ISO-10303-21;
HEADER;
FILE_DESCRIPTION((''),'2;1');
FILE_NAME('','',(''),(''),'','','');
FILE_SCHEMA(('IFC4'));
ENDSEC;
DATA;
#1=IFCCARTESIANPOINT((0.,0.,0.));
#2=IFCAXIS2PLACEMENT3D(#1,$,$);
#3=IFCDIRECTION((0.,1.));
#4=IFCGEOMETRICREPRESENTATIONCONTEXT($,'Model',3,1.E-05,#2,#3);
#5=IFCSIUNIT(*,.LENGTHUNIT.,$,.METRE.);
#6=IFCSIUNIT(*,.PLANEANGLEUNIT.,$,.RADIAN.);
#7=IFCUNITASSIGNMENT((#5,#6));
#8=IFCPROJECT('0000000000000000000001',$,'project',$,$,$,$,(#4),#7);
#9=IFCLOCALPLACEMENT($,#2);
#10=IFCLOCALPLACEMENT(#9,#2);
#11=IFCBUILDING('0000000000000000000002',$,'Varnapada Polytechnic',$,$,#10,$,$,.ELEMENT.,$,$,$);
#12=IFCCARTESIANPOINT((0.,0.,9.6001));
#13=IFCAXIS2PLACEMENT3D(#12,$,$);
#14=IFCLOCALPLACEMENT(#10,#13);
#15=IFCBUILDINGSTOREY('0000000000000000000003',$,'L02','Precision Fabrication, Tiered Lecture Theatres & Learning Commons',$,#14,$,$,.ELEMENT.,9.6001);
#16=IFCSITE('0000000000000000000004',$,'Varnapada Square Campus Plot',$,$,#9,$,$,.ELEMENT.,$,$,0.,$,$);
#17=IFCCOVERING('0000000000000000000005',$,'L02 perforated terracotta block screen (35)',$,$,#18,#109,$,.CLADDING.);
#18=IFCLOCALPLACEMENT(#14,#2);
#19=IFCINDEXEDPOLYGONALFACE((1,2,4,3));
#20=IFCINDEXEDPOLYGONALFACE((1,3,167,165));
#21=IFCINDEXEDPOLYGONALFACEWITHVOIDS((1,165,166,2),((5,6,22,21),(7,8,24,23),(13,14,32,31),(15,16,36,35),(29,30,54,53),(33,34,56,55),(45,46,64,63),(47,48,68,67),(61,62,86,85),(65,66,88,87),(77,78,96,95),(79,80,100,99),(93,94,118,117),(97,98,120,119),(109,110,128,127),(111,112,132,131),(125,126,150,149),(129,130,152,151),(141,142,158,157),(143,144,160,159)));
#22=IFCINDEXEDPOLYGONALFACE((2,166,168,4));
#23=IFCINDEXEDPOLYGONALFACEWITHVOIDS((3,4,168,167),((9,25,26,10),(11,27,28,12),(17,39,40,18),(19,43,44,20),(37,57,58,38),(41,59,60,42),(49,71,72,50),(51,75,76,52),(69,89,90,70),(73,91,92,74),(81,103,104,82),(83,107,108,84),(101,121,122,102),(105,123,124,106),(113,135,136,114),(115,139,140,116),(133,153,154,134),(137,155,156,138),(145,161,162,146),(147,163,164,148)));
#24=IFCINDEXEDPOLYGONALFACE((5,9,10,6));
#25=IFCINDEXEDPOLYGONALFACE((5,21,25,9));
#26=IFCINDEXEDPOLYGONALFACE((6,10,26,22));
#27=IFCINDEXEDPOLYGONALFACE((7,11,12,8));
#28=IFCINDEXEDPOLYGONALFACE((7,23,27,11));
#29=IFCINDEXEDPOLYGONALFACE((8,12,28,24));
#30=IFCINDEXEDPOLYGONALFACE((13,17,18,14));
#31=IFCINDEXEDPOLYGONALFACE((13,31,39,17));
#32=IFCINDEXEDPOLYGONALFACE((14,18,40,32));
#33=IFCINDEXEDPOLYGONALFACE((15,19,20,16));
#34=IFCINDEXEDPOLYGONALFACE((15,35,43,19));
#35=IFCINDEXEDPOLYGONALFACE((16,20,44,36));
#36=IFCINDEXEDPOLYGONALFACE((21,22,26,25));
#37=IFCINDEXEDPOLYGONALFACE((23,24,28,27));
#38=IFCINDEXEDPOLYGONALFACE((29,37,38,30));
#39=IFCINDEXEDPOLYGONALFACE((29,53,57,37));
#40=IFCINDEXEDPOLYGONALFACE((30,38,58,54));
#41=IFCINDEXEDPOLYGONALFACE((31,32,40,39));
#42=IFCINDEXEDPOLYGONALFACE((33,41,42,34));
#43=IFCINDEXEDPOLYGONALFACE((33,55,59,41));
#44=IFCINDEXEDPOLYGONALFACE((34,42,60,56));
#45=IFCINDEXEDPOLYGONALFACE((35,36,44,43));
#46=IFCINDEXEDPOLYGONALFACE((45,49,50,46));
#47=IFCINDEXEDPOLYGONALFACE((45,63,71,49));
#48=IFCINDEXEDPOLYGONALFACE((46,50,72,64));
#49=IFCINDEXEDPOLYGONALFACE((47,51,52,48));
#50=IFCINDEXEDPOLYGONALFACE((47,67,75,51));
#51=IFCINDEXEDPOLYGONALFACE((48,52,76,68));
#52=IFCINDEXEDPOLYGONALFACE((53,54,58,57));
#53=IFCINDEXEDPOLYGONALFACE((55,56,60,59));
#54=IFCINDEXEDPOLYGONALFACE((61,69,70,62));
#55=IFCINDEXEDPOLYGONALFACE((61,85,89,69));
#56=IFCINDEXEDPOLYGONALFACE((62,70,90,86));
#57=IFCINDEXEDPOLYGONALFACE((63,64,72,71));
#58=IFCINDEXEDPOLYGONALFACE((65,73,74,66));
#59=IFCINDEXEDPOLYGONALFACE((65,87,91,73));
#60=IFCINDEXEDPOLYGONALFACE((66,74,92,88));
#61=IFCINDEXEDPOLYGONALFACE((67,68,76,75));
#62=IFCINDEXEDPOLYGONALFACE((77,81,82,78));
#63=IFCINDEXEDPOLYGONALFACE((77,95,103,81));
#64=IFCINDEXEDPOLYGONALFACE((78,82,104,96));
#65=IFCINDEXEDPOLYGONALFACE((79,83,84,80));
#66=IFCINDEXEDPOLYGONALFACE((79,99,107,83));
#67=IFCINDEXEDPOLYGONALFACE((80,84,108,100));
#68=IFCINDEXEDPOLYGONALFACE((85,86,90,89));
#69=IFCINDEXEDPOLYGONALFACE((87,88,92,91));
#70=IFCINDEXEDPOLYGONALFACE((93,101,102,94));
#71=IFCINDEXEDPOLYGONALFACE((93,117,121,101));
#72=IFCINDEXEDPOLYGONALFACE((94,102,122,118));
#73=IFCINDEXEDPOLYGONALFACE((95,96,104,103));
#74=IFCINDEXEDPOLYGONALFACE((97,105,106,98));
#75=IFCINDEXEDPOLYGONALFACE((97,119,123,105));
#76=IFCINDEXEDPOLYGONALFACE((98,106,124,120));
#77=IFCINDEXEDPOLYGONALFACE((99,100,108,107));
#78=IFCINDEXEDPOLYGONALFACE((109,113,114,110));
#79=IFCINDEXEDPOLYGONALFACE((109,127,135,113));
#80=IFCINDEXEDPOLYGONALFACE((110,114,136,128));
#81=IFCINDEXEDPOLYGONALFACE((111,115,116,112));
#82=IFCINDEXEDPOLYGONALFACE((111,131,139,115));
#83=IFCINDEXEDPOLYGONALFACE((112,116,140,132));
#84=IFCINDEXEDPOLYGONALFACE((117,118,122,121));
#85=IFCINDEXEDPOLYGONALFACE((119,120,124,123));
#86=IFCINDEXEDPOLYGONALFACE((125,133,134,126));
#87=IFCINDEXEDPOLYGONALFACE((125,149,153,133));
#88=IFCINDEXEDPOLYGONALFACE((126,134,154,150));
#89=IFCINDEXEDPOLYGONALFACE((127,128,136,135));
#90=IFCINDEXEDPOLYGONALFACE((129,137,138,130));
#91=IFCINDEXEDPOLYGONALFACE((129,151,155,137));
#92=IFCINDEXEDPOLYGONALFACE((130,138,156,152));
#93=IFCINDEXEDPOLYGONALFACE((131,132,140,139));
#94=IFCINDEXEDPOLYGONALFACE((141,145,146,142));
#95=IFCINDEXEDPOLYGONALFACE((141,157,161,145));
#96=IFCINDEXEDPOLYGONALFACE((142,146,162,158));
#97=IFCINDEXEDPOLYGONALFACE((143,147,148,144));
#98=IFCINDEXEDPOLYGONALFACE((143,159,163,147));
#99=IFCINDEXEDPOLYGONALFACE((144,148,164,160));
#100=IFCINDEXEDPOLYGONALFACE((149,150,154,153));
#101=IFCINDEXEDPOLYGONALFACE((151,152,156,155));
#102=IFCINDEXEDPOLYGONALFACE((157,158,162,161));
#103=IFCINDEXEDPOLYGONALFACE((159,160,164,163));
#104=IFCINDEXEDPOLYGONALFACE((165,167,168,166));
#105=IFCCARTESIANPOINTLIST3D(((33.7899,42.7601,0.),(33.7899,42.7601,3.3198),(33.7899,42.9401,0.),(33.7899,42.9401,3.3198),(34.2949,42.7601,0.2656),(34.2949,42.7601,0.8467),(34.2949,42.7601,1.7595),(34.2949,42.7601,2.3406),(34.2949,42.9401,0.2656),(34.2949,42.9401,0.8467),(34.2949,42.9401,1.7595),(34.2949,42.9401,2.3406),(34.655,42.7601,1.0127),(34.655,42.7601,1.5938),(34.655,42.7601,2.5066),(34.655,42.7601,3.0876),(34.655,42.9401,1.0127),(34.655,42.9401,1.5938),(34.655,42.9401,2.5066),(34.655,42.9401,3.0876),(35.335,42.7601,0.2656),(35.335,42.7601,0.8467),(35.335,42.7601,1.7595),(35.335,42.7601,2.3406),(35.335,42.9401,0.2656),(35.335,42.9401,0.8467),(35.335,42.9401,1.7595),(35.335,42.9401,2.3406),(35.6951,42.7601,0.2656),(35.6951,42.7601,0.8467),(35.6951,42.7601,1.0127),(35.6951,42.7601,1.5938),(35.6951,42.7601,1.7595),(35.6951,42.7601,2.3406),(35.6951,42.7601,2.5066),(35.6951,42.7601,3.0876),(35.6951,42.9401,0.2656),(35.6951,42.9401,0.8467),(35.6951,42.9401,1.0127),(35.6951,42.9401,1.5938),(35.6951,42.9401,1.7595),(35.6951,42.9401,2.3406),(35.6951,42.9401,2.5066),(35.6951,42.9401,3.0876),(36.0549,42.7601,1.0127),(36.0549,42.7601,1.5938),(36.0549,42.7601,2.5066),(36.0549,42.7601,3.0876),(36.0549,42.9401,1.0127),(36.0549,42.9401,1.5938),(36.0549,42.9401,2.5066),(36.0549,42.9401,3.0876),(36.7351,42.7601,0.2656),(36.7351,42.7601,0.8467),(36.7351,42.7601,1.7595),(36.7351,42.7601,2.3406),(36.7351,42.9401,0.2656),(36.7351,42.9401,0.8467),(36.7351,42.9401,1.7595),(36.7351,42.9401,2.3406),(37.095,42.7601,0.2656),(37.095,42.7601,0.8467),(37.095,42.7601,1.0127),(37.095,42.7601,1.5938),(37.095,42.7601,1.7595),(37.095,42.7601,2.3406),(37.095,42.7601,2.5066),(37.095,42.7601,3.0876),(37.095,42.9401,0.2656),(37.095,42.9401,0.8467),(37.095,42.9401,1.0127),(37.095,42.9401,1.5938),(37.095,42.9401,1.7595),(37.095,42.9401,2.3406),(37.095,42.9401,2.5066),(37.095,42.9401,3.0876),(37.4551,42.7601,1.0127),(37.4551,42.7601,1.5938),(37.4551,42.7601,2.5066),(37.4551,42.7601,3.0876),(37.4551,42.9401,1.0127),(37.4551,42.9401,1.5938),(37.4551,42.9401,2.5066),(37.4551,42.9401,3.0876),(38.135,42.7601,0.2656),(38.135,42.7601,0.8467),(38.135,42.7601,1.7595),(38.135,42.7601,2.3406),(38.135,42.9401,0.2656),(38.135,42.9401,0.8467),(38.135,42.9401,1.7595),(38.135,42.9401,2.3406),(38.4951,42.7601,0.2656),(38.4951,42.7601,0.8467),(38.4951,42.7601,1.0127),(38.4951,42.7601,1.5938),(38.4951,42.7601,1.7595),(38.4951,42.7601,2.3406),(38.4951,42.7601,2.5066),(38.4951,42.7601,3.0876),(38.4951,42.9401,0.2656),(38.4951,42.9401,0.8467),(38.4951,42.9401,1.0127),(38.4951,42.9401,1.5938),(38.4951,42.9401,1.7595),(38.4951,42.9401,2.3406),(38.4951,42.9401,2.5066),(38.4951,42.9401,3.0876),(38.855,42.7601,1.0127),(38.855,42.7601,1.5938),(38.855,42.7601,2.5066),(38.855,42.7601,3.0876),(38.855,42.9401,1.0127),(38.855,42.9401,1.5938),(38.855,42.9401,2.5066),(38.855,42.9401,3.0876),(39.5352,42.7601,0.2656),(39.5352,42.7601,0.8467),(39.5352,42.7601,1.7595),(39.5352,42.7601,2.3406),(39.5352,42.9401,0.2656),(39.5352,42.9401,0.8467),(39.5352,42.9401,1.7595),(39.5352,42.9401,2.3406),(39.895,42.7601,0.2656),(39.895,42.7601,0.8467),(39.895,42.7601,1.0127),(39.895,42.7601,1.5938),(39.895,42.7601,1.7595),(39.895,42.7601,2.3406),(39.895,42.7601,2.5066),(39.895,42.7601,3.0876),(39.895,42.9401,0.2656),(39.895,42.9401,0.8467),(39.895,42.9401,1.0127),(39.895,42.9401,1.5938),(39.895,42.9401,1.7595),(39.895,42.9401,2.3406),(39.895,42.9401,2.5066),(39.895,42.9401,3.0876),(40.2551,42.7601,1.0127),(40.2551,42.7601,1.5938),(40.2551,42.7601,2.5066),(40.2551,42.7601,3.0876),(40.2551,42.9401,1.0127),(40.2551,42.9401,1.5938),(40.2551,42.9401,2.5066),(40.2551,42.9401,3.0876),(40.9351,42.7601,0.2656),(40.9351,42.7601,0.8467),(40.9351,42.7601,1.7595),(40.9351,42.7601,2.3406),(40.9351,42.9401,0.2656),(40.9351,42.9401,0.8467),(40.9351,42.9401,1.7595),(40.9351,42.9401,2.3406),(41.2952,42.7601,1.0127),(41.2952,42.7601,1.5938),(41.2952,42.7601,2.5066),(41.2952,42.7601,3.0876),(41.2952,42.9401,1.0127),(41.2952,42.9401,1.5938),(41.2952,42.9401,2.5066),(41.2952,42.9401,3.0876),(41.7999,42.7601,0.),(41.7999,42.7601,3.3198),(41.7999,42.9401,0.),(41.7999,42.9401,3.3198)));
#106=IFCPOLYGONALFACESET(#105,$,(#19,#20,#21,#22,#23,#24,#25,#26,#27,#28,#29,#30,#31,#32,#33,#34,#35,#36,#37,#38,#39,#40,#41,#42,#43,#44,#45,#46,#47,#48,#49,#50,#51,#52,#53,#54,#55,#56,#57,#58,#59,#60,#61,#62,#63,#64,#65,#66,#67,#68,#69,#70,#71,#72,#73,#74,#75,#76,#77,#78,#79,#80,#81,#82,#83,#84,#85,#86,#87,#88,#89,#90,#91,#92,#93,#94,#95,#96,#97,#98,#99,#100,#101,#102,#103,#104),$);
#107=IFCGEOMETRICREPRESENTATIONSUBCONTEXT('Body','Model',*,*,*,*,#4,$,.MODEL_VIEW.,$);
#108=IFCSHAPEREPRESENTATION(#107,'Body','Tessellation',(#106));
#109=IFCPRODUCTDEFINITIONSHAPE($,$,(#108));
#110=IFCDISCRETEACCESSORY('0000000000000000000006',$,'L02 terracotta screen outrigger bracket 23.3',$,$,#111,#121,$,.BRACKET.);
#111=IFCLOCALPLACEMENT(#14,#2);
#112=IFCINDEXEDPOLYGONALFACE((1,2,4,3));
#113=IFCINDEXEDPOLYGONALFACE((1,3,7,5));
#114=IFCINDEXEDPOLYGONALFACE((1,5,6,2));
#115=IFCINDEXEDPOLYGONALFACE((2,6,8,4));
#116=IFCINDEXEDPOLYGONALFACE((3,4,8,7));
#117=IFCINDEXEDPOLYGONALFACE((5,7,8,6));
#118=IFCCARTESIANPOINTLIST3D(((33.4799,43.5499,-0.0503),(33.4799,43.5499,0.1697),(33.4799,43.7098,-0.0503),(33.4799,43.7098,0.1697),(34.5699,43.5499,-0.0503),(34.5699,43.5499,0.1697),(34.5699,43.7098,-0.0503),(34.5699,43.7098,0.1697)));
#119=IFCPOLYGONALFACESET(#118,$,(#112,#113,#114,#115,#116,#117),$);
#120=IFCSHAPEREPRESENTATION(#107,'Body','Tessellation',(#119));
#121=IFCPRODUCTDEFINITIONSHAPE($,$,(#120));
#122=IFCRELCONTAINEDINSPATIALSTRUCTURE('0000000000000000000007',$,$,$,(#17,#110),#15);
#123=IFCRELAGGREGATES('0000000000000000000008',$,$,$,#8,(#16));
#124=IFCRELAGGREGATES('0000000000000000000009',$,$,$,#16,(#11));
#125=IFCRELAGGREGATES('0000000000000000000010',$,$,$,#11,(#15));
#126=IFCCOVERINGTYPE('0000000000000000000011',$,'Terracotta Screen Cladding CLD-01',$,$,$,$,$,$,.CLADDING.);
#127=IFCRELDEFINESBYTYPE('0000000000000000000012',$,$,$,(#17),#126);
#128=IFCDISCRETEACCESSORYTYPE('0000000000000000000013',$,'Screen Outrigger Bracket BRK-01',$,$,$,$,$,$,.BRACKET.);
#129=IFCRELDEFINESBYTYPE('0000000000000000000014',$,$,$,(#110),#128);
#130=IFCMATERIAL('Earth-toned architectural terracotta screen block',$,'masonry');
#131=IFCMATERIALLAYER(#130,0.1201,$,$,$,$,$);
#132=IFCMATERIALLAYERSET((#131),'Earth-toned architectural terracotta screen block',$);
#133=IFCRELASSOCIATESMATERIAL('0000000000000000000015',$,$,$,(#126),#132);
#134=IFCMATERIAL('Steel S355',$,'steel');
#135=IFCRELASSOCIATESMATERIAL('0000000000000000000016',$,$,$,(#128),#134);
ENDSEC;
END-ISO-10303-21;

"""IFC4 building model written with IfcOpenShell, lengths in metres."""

from ifc_helpers import new_model, si_unit, direction, frame, frame_2d, origin, origin_2d, place, context, subcontext, project, spatial, rectangle, extrude, material, layer, layer_set, type_object, element, save


model = new_model("IFC4")

# Units and contexts
model_context = context("Model", 3, precision=1e-05, world=origin(), true_north=direction((0.0, 1.0)))
body_context = subcontext(model_context, "Body", "Model", "MODEL_VIEW")
ifc_project = project(units=[si_unit("LENGTHUNIT", "METRE"), si_unit("PLANEANGLEUNIT", "RADIAN")], contexts=[model_context])

# Site, building, storey
site_placement = place(None, origin())
site = spatial("IfcSite", under=ifc_project, at=site_placement, Name="Varnapada Square Campus Plot", CompositionType="ELEMENT", RefElevation=0.0)
building_placement = place(site_placement, origin())
building = spatial("IfcBuilding", under=site, at=building_placement, Name="Varnapada Polytechnic", CompositionType="ELEMENT")
storey_placement = place(building_placement, frame((0.0, 0.0, 9.6001)))
storey = spatial("IfcBuildingStorey", under=building, at=storey_placement, Name="L02", Description="Precision Fabrication, Tiered Lecture Theatres & Learning Commons", CompositionType="ELEMENT", Elevation=9.6001)

# Covering, openings
ifc_material_1 = material(Name="Earth-toned architectural terracotta screen block", Category="masonry")
ifc_layer_1 = layer(ifc_material_1, 0.1201)
ifc_layer_set_1 = layer_set([ifc_layer_1], Name="Earth-toned architectural terracotta screen block")
covering_type = type_object("IfcCoveringType", Name="Terracotta Screen Cladding CLD-01", PredefinedType="CLADDING", material=ifc_layer_set_1)
covering_placement = place(storey_placement, frame((33.79, 42.8501, 0.0), z_axis=(0.0, 0.0, 1.0), x_axis=(1.0, 0.0, 0.0)))
covering = element("IfcCovering", 1, at=covering_placement, inside=storey, type_object=covering_type, Name="L02 perforated terracotta block screen (35)", PredefinedType="CLADDING", context=body_context, shape_type="SweptSolid", body=[
    extrude(rectangle(XDim=8.01, YDim=0.1799, at=frame_2d((4.0049, 0.0))), origin(), (0.0, 0.0, 1.0), 3.3198),
])
opening_1_placement = place(covering_placement, frame((0.5049, 0.0, 0.2656)))
element("IfcOpeningElement", 2, at=opening_1_placement, cuts=covering, PredefinedType="OPENING", context=body_context, shape_type="SweptSolid", body=[
    extrude(rectangle(XDim=1.04, YDim=0.5811, at=frame_2d((0.52, 0.2905))), frame((0.0, 0.0999, 0.0), z_axis=(0.0, -1.0, 0.0), x_axis=(1.0, 0.0, 0.0)), (0.0, 0.0, 1.0), 0.2),
])
opening_2_placement = place(covering_placement, frame((1.905, 0.0, 0.2656)))
element("IfcOpeningElement", 3, at=opening_2_placement, cuts=covering, PredefinedType="OPENING", context=body_context, shape_type="SweptSolid", body=[
    extrude(rectangle(XDim=1.04, YDim=0.5811, at=frame_2d((0.52, 0.2905))), frame((0.0, 0.0999, 0.0), z_axis=(0.0, -1.0, 0.0), x_axis=(1.0, 0.0, 0.0)), (0.0, 0.0, 1.0), 0.2),
])
opening_3_placement = place(covering_placement, frame((3.3049, 0.0, 0.2656)))
element("IfcOpeningElement", 4, at=opening_3_placement, cuts=covering, PredefinedType="OPENING", context=body_context, shape_type="SweptSolid", body=[
    extrude(rectangle(XDim=1.04, YDim=0.5811, at=frame_2d((0.52, 0.2905))), frame((0.0, 0.0999, 0.0), z_axis=(0.0, -1.0, 0.0), x_axis=(1.0, 0.0, 0.0)), (0.0, 0.0, 1.0), 0.2),
])
opening_4_placement = place(covering_placement, frame((4.7051, 0.0, 0.2656)))
element("IfcOpeningElement", 5, at=opening_4_placement, cuts=covering, PredefinedType="OPENING", context=body_context, shape_type="SweptSolid", body=[
    extrude(rectangle(XDim=1.04, YDim=0.5811, at=frame_2d((0.52, 0.2905))), frame((0.0, 0.0999, 0.0), z_axis=(0.0, -1.0, 0.0), x_axis=(1.0, 0.0, 0.0)), (0.0, 0.0, 1.0), 0.2),
])
opening_5_placement = place(covering_placement, frame((6.105, 0.0, 0.2656)))
element("IfcOpeningElement", 6, at=opening_5_placement, cuts=covering, PredefinedType="OPENING", context=body_context, shape_type="SweptSolid", body=[
    extrude(rectangle(XDim=1.04, YDim=0.5811, at=frame_2d((0.52, 0.2905))), frame((0.0, 0.0999, 0.0), z_axis=(0.0, -1.0, 0.0), x_axis=(1.0, 0.0, 0.0)), (0.0, 0.0, 1.0), 0.2),
])
opening_6_placement = place(covering_placement, frame((0.865, 0.0, 1.0127)))
element("IfcOpeningElement", 7, at=opening_6_placement, cuts=covering, PredefinedType="OPENING", context=body_context, shape_type="SweptSolid", body=[
    extrude(rectangle(XDim=1.04, YDim=0.5811, at=frame_2d((0.52, 0.2905))), frame((0.0, 0.0999, 0.0), z_axis=(0.0, -1.0, 0.0), x_axis=(1.0, 0.0, 0.0)), (0.0, 0.0, 1.0), 0.2),
])
opening_7_placement = place(covering_placement, frame((2.2649, 0.0, 1.0127)))
element("IfcOpeningElement", 8, at=opening_7_placement, cuts=covering, PredefinedType="OPENING", context=body_context, shape_type="SweptSolid", body=[
    extrude(rectangle(XDim=1.04, YDim=0.5811, at=frame_2d((0.52, 0.2905))), frame((0.0, 0.0999, 0.0), z_axis=(0.0, -1.0, 0.0), x_axis=(1.0, 0.0, 0.0)), (0.0, 0.0, 1.0), 0.2),
])
opening_8_placement = place(covering_placement, frame((3.665, 0.0, 1.0127)))
element("IfcOpeningElement", 9, at=opening_8_placement, cuts=covering, PredefinedType="OPENING", context=body_context, shape_type="SweptSolid", body=[
    extrude(rectangle(XDim=1.04, YDim=0.5811, at=frame_2d((0.52, 0.2905))), frame((0.0, 0.0999, 0.0), z_axis=(0.0, -1.0, 0.0), x_axis=(1.0, 0.0, 0.0)), (0.0, 0.0, 1.0), 0.2),
])
opening_9_placement = place(covering_placement, frame((5.0649, 0.0, 1.0127)))
element("IfcOpeningElement", 10, at=opening_9_placement, cuts=covering, PredefinedType="OPENING", context=body_context, shape_type="SweptSolid", body=[
    extrude(rectangle(XDim=1.04, YDim=0.5811, at=frame_2d((0.52, 0.2905))), frame((0.0, 0.0999, 0.0), z_axis=(0.0, -1.0, 0.0), x_axis=(1.0, 0.0, 0.0)), (0.0, 0.0, 1.0), 0.2),
])
opening_10_placement = place(covering_placement, frame((6.4651, 0.0, 1.0127)))
element("IfcOpeningElement", 11, at=opening_10_placement, cuts=covering, PredefinedType="OPENING", context=body_context, shape_type="SweptSolid", body=[
    extrude(rectangle(XDim=1.04, YDim=0.5811, at=frame_2d((0.52, 0.2905))), frame((0.0, 0.0999, 0.0), z_axis=(0.0, -1.0, 0.0), x_axis=(1.0, 0.0, 0.0)), (0.0, 0.0, 1.0), 0.2),
])
opening_11_placement = place(covering_placement, frame((0.5049, 0.0, 1.7595)))
element("IfcOpeningElement", 12, at=opening_11_placement, cuts=covering, PredefinedType="OPENING", context=body_context, shape_type="SweptSolid", body=[
    extrude(rectangle(XDim=1.04, YDim=0.5811, at=frame_2d((0.52, 0.2905))), frame((0.0, 0.0999, 0.0), z_axis=(0.0, -1.0, 0.0), x_axis=(1.0, 0.0, 0.0)), (0.0, 0.0, 1.0), 0.2),
])
opening_12_placement = place(covering_placement, frame((1.905, 0.0, 1.7595)))
element("IfcOpeningElement", 13, at=opening_12_placement, cuts=covering, PredefinedType="OPENING", context=body_context, shape_type="SweptSolid", body=[
    extrude(rectangle(XDim=1.04, YDim=0.5811, at=frame_2d((0.52, 0.2905))), frame((0.0, 0.0999, 0.0), z_axis=(0.0, -1.0, 0.0), x_axis=(1.0, 0.0, 0.0)), (0.0, 0.0, 1.0), 0.2),
])
opening_13_placement = place(covering_placement, frame((3.3049, 0.0, 1.7595)))
element("IfcOpeningElement", 14, at=opening_13_placement, cuts=covering, PredefinedType="OPENING", context=body_context, shape_type="SweptSolid", body=[
    extrude(rectangle(XDim=1.04, YDim=0.5811, at=frame_2d((0.52, 0.2905))), frame((0.0, 0.0999, 0.0), z_axis=(0.0, -1.0, 0.0), x_axis=(1.0, 0.0, 0.0)), (0.0, 0.0, 1.0), 0.2),
])
opening_14_placement = place(covering_placement, frame((4.7051, 0.0, 1.7595)))
element("IfcOpeningElement", 15, at=opening_14_placement, cuts=covering, PredefinedType="OPENING", context=body_context, shape_type="SweptSolid", body=[
    extrude(rectangle(XDim=1.04, YDim=0.5811, at=frame_2d((0.52, 0.2905))), frame((0.0, 0.0999, 0.0), z_axis=(0.0, -1.0, 0.0), x_axis=(1.0, 0.0, 0.0)), (0.0, 0.0, 1.0), 0.2),
])
opening_15_placement = place(covering_placement, frame((6.105, 0.0, 1.7595)))
element("IfcOpeningElement", 16, at=opening_15_placement, cuts=covering, PredefinedType="OPENING", context=body_context, shape_type="SweptSolid", body=[
    extrude(rectangle(XDim=1.04, YDim=0.5811, at=frame_2d((0.52, 0.2905))), frame((0.0, 0.0999, 0.0), z_axis=(0.0, -1.0, 0.0), x_axis=(1.0, 0.0, 0.0)), (0.0, 0.0, 1.0), 0.2),
])
opening_16_placement = place(covering_placement, frame((0.865, 0.0, 2.5066)))
element("IfcOpeningElement", 17, at=opening_16_placement, cuts=covering, PredefinedType="OPENING", context=body_context, shape_type="SweptSolid", body=[
    extrude(rectangle(XDim=1.04, YDim=0.5811, at=frame_2d((0.52, 0.2905))), frame((0.0, 0.0999, 0.0), z_axis=(0.0, -1.0, 0.0), x_axis=(1.0, 0.0, 0.0)), (0.0, 0.0, 1.0), 0.2),
])
opening_17_placement = place(covering_placement, frame((2.2649, 0.0, 2.5066)))
element("IfcOpeningElement", 18, at=opening_17_placement, cuts=covering, PredefinedType="OPENING", context=body_context, shape_type="SweptSolid", body=[
    extrude(rectangle(XDim=1.04, YDim=0.5811, at=frame_2d((0.52, 0.2905))), frame((0.0, 0.0999, 0.0), z_axis=(0.0, -1.0, 0.0), x_axis=(1.0, 0.0, 0.0)), (0.0, 0.0, 1.0), 0.2),
])
opening_18_placement = place(covering_placement, frame((3.665, 0.0, 2.5066)))
element("IfcOpeningElement", 19, at=opening_18_placement, cuts=covering, PredefinedType="OPENING", context=body_context, shape_type="SweptSolid", body=[
    extrude(rectangle(XDim=1.04, YDim=0.5811, at=frame_2d((0.52, 0.2905))), frame((0.0, 0.0999, 0.0), z_axis=(0.0, -1.0, 0.0), x_axis=(1.0, 0.0, 0.0)), (0.0, 0.0, 1.0), 0.2),
])
opening_19_placement = place(covering_placement, frame((5.0649, 0.0, 2.5066)))
element("IfcOpeningElement", 20, at=opening_19_placement, cuts=covering, PredefinedType="OPENING", context=body_context, shape_type="SweptSolid", body=[
    extrude(rectangle(XDim=1.04, YDim=0.5811, at=frame_2d((0.52, 0.2905))), frame((0.0, 0.0999, 0.0), z_axis=(0.0, -1.0, 0.0), x_axis=(1.0, 0.0, 0.0)), (0.0, 0.0, 1.0), 0.2),
])
opening_20_placement = place(covering_placement, frame((6.4651, 0.0, 2.5066)))
element("IfcOpeningElement", 21, at=opening_20_placement, cuts=covering, PredefinedType="OPENING", context=body_context, shape_type="SweptSolid", body=[
    extrude(rectangle(XDim=1.04, YDim=0.5811, at=frame_2d((0.52, 0.2905))), frame((0.0, 0.0999, 0.0), z_axis=(0.0, -1.0, 0.0), x_axis=(1.0, 0.0, 0.0)), (0.0, 0.0, 1.0), 0.2),
])

# Discrete accessory
ifc_material_2 = material(Name="Steel S355", Category="steel")
discrete_accessory_type = type_object("IfcDiscreteAccessoryType", Name="Screen Outrigger Bracket BRK-01", PredefinedType="BRACKET", material=ifc_material_2)
discrete_accessory_placement = place(storey_placement, frame((34.0249, 43.6299, -0.0503), z_axis=(0.0, 0.0, 1.0), x_axis=(0.0, -1.0, 0.0)))
element("IfcDiscreteAccessory", 22, at=discrete_accessory_placement, inside=storey, type_object=discrete_accessory_type, Name="L02 terracotta screen outrigger bracket 23.3", PredefinedType="BRACKET", context=body_context, shape_type="SweptSolid", body=[
    extrude(rectangle(XDim=0.1599, YDim=1.0901, at=origin_2d()), origin(), (0.0, 0.0, 1.0), 0.22),
])

save(model, "model.ifc")
